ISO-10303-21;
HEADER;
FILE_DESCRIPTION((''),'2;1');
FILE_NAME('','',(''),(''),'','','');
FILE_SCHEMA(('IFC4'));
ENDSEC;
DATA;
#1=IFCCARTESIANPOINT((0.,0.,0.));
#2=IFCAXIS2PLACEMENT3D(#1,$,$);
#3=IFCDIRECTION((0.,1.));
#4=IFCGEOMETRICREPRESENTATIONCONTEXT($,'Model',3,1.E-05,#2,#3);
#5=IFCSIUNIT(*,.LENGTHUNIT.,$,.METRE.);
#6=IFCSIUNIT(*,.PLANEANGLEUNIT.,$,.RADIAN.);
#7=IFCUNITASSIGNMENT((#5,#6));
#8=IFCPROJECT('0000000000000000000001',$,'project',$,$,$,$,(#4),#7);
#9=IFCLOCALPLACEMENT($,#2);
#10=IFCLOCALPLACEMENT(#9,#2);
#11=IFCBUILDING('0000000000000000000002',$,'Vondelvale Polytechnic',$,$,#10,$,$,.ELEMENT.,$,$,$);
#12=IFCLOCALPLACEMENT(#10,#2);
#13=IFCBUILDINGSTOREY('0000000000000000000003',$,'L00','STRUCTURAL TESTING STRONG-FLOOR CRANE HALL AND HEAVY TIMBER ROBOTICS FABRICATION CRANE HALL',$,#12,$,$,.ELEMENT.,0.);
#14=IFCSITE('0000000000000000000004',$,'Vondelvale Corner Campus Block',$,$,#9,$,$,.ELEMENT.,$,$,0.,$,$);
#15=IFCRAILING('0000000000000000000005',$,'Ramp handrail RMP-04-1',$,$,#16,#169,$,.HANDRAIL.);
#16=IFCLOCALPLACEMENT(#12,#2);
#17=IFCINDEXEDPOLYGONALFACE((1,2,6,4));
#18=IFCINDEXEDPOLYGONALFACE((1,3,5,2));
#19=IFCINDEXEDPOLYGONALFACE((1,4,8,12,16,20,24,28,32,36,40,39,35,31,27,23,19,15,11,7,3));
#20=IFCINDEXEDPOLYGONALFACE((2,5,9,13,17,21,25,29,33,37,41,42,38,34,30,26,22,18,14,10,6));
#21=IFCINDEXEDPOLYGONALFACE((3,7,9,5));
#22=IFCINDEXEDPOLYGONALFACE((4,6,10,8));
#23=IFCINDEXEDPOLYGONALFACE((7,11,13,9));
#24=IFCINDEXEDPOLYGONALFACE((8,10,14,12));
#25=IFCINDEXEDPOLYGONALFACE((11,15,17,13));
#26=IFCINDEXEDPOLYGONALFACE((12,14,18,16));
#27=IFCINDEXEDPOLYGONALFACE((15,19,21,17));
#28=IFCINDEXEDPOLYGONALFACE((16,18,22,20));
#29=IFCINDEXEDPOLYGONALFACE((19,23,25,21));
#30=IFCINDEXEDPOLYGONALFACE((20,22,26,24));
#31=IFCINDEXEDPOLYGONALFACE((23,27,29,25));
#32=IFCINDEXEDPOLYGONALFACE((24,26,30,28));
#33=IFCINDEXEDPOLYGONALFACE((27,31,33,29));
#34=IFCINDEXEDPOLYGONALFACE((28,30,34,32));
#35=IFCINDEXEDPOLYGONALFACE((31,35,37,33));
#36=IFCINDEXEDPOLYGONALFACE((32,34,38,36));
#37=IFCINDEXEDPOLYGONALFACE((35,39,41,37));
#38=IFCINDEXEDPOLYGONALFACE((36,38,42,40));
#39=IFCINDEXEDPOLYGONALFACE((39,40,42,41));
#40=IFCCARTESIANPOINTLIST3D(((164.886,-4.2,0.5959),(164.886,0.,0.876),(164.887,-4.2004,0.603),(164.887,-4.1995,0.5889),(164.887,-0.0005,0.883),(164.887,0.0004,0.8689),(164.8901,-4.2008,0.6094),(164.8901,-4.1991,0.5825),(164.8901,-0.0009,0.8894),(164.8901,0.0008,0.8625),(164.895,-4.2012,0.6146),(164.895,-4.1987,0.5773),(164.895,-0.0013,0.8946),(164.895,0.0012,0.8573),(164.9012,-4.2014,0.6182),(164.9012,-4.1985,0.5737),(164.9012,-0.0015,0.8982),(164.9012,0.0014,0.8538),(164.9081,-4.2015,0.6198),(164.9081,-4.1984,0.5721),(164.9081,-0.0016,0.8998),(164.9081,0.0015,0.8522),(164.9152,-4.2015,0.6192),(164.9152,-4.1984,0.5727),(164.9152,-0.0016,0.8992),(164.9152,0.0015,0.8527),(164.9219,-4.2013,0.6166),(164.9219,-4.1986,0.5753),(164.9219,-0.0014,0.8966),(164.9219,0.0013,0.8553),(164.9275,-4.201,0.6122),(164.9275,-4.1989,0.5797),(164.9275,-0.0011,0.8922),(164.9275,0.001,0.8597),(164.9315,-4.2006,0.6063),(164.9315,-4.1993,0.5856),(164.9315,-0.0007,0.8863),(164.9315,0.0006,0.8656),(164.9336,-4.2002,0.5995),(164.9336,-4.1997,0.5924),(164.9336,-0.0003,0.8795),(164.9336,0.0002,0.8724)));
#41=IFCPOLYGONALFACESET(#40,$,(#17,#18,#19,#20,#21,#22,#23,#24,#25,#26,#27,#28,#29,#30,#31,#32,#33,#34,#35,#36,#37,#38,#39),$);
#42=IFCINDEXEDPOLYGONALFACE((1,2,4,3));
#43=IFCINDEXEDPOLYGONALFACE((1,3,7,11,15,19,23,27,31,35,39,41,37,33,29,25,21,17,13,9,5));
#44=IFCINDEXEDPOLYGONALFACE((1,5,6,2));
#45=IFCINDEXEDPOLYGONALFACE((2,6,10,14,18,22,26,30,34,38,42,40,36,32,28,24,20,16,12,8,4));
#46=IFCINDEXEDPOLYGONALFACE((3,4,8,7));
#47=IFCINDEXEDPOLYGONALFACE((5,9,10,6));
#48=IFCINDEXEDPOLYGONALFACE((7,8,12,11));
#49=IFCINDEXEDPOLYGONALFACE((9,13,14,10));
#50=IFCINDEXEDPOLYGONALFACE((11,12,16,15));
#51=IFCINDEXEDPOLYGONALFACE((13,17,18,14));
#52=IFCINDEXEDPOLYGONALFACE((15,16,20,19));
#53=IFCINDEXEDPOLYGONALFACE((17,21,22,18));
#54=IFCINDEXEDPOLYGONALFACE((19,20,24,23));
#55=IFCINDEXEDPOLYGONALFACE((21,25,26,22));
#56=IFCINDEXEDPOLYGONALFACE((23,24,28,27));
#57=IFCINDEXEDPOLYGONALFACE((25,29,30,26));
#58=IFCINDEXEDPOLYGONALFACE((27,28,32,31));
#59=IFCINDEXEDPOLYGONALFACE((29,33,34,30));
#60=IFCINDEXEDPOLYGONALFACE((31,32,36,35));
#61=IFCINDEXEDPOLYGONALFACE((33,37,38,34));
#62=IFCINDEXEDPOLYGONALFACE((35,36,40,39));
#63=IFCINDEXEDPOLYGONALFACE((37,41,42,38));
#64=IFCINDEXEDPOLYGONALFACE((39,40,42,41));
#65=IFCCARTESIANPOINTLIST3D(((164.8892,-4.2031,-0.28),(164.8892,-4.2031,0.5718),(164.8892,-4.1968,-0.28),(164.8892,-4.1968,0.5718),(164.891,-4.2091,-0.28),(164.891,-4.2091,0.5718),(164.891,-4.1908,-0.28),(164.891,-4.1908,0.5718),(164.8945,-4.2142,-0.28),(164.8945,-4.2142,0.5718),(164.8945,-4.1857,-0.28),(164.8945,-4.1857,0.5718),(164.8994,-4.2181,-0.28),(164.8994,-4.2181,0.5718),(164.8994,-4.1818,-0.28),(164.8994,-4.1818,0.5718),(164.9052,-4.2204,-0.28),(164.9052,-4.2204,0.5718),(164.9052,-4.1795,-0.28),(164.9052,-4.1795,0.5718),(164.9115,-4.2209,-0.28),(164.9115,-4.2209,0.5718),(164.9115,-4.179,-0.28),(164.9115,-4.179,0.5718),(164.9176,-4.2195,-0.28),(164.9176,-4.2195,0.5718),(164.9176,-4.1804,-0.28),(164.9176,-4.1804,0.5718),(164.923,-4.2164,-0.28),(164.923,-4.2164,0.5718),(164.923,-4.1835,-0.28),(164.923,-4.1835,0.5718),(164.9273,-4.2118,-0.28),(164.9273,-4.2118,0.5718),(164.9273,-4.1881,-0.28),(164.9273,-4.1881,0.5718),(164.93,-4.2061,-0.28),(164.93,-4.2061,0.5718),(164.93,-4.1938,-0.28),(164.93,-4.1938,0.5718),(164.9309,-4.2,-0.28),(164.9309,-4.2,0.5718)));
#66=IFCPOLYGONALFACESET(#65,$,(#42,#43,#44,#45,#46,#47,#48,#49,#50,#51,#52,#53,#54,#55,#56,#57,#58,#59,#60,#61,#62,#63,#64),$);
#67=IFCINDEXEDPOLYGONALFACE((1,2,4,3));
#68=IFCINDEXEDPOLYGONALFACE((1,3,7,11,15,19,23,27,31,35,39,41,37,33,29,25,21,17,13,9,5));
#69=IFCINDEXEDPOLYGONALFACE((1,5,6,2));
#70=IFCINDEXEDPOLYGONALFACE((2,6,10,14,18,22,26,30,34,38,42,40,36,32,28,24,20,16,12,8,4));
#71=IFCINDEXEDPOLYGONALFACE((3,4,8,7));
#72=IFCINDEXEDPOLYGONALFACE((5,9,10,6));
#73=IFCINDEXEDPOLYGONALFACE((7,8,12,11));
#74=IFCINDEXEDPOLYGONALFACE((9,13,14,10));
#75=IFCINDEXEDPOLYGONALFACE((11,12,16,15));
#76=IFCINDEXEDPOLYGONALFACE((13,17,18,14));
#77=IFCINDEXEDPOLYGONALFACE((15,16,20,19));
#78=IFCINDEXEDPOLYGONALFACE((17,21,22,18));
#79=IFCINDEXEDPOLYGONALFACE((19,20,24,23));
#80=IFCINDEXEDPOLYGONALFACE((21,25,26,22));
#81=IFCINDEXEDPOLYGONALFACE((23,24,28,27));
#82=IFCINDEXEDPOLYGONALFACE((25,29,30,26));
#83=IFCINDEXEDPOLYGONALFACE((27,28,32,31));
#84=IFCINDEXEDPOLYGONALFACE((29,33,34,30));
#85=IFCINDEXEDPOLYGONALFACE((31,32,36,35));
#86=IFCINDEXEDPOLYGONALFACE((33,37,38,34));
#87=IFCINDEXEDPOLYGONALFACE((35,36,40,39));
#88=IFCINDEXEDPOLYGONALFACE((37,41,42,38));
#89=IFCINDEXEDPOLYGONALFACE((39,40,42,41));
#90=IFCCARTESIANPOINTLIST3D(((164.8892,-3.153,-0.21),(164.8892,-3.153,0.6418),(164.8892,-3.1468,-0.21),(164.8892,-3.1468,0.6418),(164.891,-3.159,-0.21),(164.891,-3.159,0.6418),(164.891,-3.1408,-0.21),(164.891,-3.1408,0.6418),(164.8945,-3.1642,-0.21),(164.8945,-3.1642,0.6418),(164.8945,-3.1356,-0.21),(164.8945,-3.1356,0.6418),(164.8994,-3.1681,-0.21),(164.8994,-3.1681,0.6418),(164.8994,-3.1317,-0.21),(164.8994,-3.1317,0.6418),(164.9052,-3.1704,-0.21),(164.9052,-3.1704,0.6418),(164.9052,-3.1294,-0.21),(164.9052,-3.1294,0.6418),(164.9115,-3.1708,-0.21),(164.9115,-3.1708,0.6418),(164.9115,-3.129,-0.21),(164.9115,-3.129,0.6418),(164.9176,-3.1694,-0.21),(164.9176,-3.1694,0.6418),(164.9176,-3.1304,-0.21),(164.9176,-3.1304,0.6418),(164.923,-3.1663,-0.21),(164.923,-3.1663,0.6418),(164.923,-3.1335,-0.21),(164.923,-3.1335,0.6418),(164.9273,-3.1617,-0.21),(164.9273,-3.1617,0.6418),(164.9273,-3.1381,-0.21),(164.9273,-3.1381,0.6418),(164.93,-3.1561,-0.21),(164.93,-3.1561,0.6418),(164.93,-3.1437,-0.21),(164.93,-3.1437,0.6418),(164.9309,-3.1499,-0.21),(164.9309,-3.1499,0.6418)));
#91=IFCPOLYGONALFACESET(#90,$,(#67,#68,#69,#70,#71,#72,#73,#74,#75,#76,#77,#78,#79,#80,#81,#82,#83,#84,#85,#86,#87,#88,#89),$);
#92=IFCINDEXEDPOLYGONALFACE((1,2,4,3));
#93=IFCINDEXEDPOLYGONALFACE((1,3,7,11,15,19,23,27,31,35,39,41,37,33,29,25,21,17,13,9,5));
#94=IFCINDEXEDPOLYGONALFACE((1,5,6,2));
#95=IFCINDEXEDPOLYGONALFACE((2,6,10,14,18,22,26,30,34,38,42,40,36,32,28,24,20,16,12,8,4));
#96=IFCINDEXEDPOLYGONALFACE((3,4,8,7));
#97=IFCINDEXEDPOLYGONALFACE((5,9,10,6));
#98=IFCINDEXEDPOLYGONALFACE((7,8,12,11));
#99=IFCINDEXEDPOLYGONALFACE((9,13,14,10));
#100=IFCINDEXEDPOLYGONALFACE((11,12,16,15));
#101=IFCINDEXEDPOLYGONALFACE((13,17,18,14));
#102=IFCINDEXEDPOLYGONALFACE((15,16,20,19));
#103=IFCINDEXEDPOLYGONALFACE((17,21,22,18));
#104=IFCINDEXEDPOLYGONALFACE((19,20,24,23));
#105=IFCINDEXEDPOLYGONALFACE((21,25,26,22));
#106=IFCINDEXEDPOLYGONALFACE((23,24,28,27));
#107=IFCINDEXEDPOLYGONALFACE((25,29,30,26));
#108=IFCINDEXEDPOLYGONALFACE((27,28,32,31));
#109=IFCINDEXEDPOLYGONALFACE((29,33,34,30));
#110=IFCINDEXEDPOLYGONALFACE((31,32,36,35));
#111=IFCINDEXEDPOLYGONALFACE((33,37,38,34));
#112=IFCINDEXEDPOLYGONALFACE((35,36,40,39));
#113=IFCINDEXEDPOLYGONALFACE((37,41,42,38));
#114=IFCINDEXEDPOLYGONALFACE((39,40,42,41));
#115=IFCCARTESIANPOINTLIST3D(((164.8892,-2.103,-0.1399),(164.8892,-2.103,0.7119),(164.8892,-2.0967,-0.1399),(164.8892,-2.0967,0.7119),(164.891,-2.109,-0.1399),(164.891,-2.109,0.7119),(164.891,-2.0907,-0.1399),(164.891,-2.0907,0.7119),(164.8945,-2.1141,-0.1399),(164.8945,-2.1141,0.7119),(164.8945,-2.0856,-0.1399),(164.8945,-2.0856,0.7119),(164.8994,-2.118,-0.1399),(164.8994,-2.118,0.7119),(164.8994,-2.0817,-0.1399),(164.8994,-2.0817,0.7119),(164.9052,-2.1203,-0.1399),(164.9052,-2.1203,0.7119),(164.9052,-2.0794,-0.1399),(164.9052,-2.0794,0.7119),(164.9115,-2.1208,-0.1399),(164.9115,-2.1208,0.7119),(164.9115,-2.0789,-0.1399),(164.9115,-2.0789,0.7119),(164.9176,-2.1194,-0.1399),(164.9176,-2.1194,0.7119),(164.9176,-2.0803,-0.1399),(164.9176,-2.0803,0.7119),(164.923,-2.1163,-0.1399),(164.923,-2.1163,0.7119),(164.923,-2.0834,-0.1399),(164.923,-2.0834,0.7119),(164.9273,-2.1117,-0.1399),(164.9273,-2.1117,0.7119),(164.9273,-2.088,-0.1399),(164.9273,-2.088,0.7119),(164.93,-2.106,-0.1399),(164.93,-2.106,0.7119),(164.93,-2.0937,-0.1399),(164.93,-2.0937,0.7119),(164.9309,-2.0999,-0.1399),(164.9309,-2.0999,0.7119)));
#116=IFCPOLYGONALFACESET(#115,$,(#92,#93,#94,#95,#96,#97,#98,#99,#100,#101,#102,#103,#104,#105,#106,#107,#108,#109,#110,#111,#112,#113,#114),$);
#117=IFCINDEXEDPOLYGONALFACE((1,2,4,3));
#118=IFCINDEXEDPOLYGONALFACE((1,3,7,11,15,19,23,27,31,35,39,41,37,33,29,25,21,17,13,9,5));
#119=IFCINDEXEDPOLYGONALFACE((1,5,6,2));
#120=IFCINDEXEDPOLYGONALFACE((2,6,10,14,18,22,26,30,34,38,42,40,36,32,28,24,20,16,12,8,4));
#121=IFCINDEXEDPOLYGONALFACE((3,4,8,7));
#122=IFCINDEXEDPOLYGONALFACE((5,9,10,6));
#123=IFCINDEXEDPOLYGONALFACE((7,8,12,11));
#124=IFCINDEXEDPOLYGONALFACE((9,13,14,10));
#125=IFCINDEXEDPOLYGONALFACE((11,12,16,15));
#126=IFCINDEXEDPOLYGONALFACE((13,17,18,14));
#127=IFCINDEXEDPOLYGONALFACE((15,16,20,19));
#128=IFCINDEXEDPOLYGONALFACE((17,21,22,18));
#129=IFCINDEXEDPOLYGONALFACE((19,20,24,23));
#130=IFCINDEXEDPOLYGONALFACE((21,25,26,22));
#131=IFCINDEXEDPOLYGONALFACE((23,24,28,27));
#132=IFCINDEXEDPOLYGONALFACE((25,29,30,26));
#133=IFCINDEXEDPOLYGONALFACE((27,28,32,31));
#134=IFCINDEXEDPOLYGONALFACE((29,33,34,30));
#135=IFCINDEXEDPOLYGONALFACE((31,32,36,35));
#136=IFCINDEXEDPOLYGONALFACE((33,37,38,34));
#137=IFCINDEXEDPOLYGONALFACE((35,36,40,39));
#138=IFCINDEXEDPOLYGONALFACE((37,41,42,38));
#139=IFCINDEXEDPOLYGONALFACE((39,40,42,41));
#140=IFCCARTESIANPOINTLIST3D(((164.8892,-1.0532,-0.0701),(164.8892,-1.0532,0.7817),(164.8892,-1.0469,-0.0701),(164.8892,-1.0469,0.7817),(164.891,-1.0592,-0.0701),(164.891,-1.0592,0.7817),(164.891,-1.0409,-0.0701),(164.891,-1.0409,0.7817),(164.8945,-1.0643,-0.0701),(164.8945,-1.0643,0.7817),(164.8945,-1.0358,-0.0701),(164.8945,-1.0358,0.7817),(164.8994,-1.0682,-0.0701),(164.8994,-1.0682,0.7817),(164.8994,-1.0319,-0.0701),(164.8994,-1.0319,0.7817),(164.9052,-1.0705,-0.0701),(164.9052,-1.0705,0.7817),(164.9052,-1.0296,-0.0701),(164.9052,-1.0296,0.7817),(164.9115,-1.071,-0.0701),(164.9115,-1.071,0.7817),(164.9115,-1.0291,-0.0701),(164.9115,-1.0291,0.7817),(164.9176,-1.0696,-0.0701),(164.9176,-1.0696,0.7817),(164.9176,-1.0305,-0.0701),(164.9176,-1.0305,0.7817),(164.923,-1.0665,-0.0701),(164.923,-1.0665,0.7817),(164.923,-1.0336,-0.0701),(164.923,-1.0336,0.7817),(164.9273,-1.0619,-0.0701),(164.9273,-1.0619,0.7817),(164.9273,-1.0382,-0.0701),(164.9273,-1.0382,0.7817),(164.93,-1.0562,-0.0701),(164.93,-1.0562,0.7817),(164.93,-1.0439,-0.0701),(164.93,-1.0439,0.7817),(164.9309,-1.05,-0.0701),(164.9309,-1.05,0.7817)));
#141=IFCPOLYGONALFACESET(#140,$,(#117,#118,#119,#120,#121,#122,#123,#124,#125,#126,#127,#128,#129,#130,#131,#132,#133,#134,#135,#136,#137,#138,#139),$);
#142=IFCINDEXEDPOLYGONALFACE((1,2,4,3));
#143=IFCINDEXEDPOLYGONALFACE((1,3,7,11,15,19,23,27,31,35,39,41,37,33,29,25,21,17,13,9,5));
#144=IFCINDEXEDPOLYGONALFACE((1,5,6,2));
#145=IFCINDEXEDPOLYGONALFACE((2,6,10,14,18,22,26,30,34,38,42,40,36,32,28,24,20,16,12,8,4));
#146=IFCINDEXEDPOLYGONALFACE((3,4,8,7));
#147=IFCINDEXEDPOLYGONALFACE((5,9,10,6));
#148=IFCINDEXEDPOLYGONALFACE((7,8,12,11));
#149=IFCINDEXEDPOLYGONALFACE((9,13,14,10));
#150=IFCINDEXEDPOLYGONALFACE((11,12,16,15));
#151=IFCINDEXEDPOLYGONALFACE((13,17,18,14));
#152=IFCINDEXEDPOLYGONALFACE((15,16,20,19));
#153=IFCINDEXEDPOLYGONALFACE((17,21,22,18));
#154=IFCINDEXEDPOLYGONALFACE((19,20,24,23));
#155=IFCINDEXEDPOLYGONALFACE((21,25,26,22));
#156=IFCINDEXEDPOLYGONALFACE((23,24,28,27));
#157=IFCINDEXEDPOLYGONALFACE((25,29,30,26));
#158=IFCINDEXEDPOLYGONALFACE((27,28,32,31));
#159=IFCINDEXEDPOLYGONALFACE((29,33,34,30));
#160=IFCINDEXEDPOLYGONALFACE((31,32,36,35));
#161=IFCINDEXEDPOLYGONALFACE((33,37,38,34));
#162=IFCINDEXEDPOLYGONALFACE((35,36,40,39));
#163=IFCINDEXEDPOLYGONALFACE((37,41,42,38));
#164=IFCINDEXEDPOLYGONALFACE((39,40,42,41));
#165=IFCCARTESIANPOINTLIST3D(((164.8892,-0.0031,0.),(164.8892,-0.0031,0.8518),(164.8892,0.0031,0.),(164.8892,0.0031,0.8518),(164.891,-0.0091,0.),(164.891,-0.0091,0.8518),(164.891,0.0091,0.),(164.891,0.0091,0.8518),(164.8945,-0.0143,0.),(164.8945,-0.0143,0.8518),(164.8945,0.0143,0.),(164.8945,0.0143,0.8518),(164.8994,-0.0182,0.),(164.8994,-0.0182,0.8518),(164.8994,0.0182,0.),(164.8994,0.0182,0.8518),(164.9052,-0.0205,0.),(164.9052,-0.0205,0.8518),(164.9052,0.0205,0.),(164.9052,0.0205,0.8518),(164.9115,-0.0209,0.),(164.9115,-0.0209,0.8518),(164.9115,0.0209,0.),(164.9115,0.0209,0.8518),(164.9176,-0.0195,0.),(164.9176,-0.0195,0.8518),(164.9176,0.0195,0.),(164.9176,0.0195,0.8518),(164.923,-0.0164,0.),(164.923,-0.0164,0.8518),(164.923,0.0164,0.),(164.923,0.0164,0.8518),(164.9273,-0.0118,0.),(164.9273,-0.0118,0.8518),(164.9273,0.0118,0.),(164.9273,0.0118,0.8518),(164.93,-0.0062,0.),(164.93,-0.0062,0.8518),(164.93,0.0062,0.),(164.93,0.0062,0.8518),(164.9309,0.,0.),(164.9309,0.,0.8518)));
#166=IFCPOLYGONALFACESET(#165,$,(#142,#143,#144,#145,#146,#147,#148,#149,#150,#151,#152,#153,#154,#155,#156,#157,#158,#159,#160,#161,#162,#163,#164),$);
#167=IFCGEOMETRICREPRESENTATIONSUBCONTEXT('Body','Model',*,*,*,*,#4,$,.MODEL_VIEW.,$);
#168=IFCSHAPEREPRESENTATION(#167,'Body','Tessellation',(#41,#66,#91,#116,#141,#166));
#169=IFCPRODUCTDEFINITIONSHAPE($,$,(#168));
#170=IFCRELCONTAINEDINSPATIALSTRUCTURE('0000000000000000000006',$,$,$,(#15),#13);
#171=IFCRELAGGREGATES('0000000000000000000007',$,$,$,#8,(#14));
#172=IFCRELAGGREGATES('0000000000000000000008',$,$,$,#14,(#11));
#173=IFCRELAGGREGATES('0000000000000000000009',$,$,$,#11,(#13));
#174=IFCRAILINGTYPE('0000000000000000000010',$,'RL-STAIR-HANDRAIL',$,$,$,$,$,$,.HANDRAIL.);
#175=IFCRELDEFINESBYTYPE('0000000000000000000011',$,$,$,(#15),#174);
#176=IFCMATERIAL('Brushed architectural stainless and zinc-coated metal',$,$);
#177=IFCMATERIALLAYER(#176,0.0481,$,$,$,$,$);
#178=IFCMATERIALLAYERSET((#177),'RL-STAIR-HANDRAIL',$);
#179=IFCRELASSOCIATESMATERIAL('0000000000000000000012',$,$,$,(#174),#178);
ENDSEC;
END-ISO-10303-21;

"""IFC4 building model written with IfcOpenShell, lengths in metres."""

from ifc_helpers import new_model, si_unit, direction, frame, origin, origin_2d, place, context, subcontext, project, spatial, circle, extrude, material, layer, layer_set, type_object, element, save


model = new_model("IFC4")

# Units and contexts
model_context = context("Model", 3, precision=1e-05, world=origin(), true_north=direction((0.0, 1.0)))
body_context = subcontext(model_context, "Body", "Model", "MODEL_VIEW")
ifc_project = project(units=[si_unit("LENGTHUNIT", "METRE"), si_unit("PLANEANGLEUNIT", "RADIAN")], contexts=[model_context])

# Site, building, storey
site_placement = place(None, origin())
site = spatial("IfcSite", under=ifc_project, at=site_placement, Name="Vondelvale Corner Campus Block", CompositionType="ELEMENT", RefElevation=0.0)
building_placement = place(site_placement, origin())
building = spatial("IfcBuilding", under=site, at=building_placement, Name="Vondelvale Polytechnic", CompositionType="ELEMENT")
storey_placement = place(building_placement, origin())
storey = spatial("IfcBuildingStorey", under=building, at=storey_placement, Name="L00", Description="STRUCTURAL TESTING STRONG-FLOOR CRANE HALL AND HEAVY TIMBER ROBOTICS FABRICATION CRANE HALL", CompositionType="ELEMENT", Elevation=0.0)

# Shared definitions
ifc_material_1 = material(Name="Brushed architectural stainless and zinc-coated metal")

# Railing
ifc_layer_1 = layer(ifc_material_1, 0.0481)
ifc_layer_set_1 = layer_set([ifc_layer_1], Name="RL-STAIR-HANDRAIL")
railing_type = type_object("IfcRailingType", Name="RL-STAIR-HANDRAIL", PredefinedType="HANDRAIL", material=ifc_layer_set_1)
railing_placement = place(storey_placement, frame((164.9099, -4.2, -0.28)))
element("IfcRailing", 1, at=railing_placement, inside=storey, type_object=railing_type, Name="Ramp handrail RMP-04-1", PredefinedType="HANDRAIL", context=body_context, shape_type="SweptSolid", body=[
    extrude(circle(Radius=0.0239, at=origin_2d()), frame((0.0, 0.0, 0.876), z_axis=(0.0, 0.997785, 0.066527), x_axis=(-1.0, 0.0, 0.0)), (0.0, 0.0, 1.0), 4.2092),
    extrude(circle(Radius=0.021, at=origin_2d()), origin(), (0.0, 0.0, 1.0), 0.8518),
    extrude(circle(Radius=0.021, at=origin_2d()), frame((0.0, 1.05, 0.0701)), (0.0, 0.0, 1.0), 0.8518),
    extrude(circle(Radius=0.021, at=origin_2d()), frame((0.0, 2.1001, 0.1401)), (0.0, 0.0, 1.0), 0.8518),
    extrude(circle(Radius=0.021, at=origin_2d()), frame((0.0, 3.1499, 0.21)), (0.0, 0.0, 1.0), 0.8518),
    extrude(circle(Radius=0.021, at=origin_2d()), frame((0.0, 4.2, 0.28)), (0.0, 0.0, 1.0), 0.8518),
])

save(model, "model.ifc")
